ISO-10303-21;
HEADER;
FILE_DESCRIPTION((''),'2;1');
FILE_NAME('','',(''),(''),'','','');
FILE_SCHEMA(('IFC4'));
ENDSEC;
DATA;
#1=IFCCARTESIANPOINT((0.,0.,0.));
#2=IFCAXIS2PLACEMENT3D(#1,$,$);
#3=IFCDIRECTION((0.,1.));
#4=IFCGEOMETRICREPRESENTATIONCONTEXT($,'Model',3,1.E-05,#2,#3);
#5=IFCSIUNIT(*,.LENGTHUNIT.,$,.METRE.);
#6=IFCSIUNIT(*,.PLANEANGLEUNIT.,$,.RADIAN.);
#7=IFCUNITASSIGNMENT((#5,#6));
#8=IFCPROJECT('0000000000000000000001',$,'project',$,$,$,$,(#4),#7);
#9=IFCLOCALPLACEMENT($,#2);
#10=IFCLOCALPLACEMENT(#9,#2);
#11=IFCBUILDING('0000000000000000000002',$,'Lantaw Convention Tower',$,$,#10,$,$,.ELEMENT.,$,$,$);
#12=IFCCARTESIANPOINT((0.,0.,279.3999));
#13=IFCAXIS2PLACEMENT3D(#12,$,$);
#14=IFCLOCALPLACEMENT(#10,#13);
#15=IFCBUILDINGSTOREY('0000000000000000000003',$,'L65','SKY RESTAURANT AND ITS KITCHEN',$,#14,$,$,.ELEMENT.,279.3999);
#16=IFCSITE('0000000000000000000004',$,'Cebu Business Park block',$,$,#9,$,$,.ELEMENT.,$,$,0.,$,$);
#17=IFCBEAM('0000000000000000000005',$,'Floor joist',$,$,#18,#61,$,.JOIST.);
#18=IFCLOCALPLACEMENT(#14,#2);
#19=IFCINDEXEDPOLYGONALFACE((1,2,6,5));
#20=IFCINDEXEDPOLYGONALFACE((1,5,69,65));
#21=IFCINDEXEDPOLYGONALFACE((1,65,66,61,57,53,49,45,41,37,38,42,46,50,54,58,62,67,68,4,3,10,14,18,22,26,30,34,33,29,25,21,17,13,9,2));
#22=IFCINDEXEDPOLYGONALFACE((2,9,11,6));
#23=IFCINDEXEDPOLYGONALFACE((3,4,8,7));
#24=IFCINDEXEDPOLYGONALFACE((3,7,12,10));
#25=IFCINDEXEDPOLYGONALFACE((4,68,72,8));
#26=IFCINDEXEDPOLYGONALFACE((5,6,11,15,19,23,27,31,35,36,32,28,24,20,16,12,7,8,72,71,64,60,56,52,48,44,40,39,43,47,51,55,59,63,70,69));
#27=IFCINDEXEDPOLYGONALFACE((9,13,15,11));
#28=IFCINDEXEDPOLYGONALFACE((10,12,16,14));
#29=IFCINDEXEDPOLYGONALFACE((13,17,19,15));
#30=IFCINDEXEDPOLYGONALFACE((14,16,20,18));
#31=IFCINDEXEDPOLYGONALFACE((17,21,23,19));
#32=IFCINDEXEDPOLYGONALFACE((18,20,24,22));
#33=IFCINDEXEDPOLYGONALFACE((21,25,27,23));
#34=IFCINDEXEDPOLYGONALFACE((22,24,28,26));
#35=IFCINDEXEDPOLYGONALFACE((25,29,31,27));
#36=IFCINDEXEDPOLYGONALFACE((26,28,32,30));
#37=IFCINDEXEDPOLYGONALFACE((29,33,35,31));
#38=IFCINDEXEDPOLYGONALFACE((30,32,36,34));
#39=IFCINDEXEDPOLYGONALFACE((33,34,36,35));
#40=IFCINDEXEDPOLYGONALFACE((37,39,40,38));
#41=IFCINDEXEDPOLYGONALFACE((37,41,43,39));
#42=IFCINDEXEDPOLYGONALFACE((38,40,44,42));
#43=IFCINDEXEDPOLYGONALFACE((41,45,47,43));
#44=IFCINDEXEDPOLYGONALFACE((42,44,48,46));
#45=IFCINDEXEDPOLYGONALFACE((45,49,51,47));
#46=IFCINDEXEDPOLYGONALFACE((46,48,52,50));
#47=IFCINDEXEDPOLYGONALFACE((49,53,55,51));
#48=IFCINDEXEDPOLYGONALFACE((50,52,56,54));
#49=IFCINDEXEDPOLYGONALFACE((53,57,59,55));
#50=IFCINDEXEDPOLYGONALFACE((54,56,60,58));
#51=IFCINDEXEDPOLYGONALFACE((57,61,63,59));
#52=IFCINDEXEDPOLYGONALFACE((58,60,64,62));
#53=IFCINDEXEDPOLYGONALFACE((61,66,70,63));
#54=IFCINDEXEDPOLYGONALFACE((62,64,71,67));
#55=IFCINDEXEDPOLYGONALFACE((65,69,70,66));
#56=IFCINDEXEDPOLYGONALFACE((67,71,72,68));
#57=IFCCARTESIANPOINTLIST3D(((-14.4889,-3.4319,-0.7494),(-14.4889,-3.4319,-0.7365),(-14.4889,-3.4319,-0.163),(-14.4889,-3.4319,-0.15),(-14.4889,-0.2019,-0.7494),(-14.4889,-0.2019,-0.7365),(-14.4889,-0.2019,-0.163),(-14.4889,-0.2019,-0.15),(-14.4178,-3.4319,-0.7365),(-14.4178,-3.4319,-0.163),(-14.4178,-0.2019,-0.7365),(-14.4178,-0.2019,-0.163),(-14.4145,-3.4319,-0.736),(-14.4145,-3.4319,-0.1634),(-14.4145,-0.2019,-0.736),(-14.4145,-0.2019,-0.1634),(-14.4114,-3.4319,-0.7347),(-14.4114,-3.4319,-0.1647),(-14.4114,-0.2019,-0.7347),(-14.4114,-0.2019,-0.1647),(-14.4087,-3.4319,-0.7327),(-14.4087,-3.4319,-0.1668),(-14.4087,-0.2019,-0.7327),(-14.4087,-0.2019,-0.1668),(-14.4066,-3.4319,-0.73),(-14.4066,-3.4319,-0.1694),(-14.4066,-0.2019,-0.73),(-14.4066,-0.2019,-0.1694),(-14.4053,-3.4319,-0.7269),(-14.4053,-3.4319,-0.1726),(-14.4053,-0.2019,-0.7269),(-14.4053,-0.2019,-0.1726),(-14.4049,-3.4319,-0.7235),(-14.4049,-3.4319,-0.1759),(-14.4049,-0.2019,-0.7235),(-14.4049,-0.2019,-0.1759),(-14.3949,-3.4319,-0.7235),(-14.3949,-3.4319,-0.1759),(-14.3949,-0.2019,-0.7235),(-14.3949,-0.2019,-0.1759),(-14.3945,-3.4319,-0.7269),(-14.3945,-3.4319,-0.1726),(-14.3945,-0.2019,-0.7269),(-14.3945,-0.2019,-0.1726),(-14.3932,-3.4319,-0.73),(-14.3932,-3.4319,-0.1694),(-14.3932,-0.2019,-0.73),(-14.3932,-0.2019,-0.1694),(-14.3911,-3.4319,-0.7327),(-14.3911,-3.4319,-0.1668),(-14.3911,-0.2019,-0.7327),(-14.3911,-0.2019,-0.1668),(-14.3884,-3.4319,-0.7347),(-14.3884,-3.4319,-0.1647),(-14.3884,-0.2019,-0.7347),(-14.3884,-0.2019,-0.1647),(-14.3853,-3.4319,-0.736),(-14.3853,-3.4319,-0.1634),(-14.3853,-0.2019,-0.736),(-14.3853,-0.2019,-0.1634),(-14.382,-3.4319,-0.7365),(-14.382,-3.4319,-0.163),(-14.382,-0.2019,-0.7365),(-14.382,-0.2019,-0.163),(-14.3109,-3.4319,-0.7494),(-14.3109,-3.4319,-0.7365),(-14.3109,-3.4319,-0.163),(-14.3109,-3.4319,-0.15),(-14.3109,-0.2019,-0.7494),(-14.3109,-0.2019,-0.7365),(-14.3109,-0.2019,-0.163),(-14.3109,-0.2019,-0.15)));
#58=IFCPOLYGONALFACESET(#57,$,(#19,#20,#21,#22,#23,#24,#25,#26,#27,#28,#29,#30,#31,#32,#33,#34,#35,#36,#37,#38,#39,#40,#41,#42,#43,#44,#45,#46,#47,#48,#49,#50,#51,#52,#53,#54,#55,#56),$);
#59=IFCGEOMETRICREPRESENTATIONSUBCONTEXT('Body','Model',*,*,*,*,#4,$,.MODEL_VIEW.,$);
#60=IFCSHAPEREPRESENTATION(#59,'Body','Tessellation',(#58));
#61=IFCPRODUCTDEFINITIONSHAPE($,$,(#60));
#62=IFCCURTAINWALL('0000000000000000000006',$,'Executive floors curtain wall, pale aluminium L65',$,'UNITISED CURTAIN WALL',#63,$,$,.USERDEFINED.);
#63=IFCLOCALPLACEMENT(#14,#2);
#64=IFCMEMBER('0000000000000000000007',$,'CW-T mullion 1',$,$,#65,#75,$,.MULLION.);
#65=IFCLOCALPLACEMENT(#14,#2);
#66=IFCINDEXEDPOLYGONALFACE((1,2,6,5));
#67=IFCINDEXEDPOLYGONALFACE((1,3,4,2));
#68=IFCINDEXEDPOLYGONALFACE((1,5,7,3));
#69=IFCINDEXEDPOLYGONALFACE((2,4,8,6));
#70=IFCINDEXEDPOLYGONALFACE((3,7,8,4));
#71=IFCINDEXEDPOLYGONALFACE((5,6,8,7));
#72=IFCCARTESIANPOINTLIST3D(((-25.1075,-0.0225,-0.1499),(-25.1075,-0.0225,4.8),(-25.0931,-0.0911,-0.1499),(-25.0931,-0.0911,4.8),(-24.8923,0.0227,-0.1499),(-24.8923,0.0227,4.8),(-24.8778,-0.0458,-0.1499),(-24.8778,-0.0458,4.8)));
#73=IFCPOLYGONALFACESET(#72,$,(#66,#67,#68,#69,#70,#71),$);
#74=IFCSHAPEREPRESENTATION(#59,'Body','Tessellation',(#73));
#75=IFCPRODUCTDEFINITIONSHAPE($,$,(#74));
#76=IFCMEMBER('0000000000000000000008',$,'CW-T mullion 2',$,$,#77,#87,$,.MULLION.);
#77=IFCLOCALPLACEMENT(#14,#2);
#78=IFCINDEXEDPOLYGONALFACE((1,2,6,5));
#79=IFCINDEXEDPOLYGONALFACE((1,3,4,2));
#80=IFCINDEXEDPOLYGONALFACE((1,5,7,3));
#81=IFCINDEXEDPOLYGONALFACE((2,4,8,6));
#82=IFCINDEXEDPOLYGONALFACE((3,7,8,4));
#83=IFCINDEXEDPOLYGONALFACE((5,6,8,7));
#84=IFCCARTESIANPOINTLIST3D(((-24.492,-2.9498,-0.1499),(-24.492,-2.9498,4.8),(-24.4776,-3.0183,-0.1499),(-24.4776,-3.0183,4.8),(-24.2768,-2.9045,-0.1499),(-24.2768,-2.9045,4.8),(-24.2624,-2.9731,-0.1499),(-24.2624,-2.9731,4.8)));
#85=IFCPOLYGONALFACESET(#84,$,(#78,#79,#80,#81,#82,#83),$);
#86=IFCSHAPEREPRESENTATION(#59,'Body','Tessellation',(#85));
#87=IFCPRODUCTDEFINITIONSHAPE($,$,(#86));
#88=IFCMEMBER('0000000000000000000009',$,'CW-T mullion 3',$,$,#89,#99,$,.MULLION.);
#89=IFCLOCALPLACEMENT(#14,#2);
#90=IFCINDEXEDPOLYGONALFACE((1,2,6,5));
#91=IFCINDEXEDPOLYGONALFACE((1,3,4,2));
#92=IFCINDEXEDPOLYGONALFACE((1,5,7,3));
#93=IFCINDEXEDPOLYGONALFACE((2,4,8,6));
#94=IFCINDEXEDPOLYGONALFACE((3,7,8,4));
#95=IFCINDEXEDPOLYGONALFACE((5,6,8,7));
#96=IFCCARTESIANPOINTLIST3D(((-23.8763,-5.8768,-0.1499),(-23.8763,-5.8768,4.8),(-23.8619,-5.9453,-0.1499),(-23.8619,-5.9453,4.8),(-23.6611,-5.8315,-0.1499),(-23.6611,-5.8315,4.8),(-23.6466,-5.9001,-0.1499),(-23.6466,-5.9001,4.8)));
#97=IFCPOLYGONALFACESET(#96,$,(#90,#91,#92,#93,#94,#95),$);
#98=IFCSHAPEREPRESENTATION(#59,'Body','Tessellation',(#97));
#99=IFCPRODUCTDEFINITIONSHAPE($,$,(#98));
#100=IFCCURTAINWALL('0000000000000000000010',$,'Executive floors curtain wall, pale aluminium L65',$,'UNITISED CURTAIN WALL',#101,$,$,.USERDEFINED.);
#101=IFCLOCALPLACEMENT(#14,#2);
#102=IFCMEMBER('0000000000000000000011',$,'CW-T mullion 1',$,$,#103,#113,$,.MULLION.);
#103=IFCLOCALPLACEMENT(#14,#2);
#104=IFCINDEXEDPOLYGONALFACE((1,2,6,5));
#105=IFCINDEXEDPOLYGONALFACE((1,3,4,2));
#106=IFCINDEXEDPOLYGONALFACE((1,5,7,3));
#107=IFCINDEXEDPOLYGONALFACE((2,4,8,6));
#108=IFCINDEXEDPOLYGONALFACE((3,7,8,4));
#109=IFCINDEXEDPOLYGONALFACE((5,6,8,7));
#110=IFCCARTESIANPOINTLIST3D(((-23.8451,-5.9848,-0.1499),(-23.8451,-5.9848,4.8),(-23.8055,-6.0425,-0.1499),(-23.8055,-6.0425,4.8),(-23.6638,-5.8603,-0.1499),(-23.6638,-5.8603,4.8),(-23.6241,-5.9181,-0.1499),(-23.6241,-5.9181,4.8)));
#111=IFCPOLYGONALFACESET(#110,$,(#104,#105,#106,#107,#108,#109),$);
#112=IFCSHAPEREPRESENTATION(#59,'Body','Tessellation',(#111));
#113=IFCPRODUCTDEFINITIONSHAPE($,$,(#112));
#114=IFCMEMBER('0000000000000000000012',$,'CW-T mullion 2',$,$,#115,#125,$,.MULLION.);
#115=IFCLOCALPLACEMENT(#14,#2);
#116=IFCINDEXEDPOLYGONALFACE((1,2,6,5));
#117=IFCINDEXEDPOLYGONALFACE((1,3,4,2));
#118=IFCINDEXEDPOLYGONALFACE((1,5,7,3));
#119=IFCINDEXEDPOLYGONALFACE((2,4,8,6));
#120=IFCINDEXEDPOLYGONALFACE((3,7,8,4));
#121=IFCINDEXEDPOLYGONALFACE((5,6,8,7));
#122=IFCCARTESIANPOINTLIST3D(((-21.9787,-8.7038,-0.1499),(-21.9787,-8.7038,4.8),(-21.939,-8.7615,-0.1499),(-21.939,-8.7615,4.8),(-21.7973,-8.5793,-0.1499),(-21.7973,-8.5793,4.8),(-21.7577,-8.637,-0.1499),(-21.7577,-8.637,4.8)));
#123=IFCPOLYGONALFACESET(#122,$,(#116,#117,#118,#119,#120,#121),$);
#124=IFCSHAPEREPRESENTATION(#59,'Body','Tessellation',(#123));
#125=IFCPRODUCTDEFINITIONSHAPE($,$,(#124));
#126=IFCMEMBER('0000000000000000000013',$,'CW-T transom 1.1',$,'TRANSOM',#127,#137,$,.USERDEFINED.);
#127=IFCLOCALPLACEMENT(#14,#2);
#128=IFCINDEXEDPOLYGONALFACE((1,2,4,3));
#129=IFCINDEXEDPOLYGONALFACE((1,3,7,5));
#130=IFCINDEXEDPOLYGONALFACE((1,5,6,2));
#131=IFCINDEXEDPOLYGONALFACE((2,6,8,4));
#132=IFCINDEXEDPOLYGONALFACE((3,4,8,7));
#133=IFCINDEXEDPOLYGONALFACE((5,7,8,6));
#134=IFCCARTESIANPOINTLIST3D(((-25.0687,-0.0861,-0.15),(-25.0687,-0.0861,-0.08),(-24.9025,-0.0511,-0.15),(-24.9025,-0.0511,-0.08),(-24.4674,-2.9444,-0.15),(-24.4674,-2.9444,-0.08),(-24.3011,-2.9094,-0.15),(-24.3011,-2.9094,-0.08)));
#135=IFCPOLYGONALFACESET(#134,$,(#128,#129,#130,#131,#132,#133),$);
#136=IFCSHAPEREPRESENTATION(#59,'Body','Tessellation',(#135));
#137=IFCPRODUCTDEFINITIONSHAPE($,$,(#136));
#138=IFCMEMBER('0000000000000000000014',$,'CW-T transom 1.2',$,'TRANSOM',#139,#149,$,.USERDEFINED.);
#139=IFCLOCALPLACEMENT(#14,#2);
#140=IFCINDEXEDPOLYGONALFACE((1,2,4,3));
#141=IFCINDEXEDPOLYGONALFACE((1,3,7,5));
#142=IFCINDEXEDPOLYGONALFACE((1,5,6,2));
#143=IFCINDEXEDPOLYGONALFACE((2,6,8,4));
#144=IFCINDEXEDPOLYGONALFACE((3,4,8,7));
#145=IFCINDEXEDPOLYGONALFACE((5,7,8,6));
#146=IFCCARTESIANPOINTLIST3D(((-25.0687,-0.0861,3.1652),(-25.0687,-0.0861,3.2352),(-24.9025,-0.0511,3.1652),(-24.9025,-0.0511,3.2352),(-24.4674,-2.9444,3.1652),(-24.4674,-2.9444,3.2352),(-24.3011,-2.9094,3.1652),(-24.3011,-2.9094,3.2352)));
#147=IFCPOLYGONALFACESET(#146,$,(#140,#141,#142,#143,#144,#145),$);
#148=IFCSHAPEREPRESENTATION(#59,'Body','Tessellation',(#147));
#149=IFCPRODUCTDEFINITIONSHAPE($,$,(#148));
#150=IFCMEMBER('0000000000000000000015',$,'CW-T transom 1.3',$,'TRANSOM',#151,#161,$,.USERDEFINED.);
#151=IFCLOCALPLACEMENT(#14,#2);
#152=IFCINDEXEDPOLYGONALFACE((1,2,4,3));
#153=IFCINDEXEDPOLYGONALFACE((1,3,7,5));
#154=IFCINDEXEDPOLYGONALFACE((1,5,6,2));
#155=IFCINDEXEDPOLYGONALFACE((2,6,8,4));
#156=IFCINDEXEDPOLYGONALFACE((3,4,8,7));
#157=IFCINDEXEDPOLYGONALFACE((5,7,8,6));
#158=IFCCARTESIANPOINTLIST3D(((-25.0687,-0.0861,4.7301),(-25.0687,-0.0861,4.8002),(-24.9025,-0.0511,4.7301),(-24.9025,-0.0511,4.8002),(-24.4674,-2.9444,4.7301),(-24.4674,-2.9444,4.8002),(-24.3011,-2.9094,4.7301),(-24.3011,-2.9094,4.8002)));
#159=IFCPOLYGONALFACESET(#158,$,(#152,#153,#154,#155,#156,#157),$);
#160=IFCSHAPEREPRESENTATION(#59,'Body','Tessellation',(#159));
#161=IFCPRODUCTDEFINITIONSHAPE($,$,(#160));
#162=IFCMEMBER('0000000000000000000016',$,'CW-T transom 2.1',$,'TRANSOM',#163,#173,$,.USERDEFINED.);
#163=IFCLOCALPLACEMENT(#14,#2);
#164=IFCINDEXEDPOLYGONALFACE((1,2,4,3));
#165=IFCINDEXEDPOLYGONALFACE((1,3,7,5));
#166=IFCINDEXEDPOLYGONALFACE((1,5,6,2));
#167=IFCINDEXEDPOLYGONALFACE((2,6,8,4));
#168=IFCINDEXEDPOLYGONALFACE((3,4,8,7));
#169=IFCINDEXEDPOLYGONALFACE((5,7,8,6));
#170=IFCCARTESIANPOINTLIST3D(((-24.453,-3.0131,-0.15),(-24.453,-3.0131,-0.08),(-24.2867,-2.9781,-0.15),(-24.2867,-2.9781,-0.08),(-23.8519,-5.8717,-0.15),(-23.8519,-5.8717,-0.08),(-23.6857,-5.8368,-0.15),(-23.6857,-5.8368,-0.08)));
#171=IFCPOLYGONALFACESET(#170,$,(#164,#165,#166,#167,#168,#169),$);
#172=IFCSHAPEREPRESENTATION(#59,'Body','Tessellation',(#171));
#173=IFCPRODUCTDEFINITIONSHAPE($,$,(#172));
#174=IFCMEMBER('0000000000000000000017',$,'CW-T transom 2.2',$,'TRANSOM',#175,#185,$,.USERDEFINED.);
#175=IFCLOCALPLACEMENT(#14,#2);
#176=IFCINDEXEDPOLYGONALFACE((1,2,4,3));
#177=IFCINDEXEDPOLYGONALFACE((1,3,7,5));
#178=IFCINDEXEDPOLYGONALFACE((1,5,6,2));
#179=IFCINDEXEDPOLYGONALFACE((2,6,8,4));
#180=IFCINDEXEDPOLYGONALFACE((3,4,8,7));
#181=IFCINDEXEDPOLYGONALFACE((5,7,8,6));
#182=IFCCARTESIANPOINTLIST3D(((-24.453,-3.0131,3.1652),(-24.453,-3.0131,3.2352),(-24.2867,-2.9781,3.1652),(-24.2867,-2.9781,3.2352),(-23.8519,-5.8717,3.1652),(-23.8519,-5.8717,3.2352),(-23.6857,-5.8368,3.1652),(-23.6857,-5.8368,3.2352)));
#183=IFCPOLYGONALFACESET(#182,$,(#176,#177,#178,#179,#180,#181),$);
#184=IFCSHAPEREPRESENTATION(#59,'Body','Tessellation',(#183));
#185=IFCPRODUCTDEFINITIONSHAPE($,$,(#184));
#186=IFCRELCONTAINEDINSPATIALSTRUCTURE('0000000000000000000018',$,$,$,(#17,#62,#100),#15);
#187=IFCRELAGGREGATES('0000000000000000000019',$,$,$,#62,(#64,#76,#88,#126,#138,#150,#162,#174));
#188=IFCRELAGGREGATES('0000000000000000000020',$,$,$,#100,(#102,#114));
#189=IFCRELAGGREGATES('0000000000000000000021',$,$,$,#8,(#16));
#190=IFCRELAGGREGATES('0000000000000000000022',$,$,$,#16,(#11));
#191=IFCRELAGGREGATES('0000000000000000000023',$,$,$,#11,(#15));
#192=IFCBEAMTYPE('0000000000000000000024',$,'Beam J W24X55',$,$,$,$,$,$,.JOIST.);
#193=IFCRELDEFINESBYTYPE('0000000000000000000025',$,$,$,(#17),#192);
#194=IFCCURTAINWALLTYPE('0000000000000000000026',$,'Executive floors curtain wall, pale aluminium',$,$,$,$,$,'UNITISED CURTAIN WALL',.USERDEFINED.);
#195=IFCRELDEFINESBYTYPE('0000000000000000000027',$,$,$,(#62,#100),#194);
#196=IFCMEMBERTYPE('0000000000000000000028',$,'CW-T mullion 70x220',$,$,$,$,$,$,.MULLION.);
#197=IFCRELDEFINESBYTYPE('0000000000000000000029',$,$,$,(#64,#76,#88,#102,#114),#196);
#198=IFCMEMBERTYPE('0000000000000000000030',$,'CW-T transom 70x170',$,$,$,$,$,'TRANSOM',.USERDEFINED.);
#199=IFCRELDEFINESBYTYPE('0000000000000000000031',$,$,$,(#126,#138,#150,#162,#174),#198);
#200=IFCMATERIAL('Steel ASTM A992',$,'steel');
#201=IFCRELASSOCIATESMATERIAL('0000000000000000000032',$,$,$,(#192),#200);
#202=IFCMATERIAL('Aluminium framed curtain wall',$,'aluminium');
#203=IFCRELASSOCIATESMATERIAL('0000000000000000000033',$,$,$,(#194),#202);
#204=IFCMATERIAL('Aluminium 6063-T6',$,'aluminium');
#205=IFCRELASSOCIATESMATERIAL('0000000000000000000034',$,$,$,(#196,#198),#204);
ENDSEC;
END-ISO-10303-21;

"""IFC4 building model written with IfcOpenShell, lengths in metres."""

from ifc_helpers import new_model, si_unit, direction, frame, origin, origin_2d, place, context, subcontext, project, spatial, rectangle, i_section, extrude, material, material_profile, profile_set, type_object, element, aggregate, save


model = new_model("IFC4")

# Units and contexts
model_context = context("Model", 3, precision=1e-05, world=origin(), true_north=direction((0.0, 1.0)))
body_context = subcontext(model_context, "Body", "Model", "MODEL_VIEW")
ifc_project = project(units=[si_unit("LENGTHUNIT", "METRE"), si_unit("PLANEANGLEUNIT", "RADIAN")], contexts=[model_context])

# Site, building, storey
site_placement = place(None, origin())
site = spatial("IfcSite", under=ifc_project, at=site_placement, Name="Cebu Business Park block", CompositionType="ELEMENT", RefElevation=0.0)
building_placement = place(site_placement, origin())
building = spatial("IfcBuilding", under=site, at=building_placement, Name="Lantaw Convention Tower", CompositionType="ELEMENT")
storey_placement = place(building_placement, frame((0.0, 0.0, 279.3999)))
storey = spatial("IfcBuildingStorey", under=building, at=storey_placement, Name="L65", Description="SKY RESTAURANT AND ITS KITCHEN", CompositionType="ELEMENT", Elevation=279.3999)

# Beam
ifc_material_1 = material(Name="Steel ASTM A992", Category="steel")
ifc_material_profile_1 = material_profile(ifc_material_1, i_section(OverallWidth=0.178, OverallDepth=0.5994, WebThickness=0.01, FlangeThickness=0.0129, FilletRadius=0.0129, at=origin_2d()), Name="W24X55")
ifc_profile_set_1 = profile_set([ifc_material_profile_1], Name="Steel ASTM A992")
beam_type_1 = type_object("IfcBeamType", Name="Beam J W24X55", PredefinedType="JOIST", material=ifc_profile_set_1)
beam_1_placement = place(storey_placement, frame((-14.3999, -3.4319, -0.4497), z_axis=(0.0, 1.0, 0.0), x_axis=(-1.0, 0.0, 0.0)))
element("IfcBeam", 1, at=beam_1_placement, inside=storey, type_object=beam_type_1, Name="Floor joist", PredefinedType="JOIST", context=body_context, shape_type="SweptSolid", body=[
    extrude(i_section(OverallWidth=0.178, OverallDepth=0.5994, WebThickness=0.01, FlangeThickness=0.0129, FilletRadius=0.0129, at=origin_2d()), origin(), (0.0, 0.0, 1.0), 3.23),
])

# Curtain walls, members
ifc_material_2 = material(Name="Aluminium framed curtain wall", Category="aluminium")
curtain_wall_type = type_object("IfcCurtainWallType", Name="Executive floors curtain wall, pale aluminium", ElementType="UNITISED CURTAIN WALL", PredefinedType="USERDEFINED", material=ifc_material_2)
curtain_wall_1_placement = place(storey_placement, origin())
curtain_wall_1 = element("IfcCurtainWall", 2, at=curtain_wall_1_placement, inside=storey, type_object=curtain_wall_type, Name="Executive floors curtain wall, pale aluminium L65", ObjectType="UNITISED CURTAIN WALL", PredefinedType="USERDEFINED")
ifc_material_3 = material(Name="Aluminium 6063-T6", Category="aluminium")
ifc_material_profile_2 = material_profile(ifc_material_3, rectangle(XDim=0.22, YDim=0.0701, at=origin_2d()), Name="CW-T mullion 70x220")
ifc_profile_set_2 = profile_set([ifc_material_profile_2], Name="Aluminium 6063-T6")
member_type_1 = type_object("IfcMemberType", Name="CW-T mullion 70x220", PredefinedType="MULLION", material=ifc_profile_set_2)
member_1_placement = place(storey_placement, frame((-24.9927, -0.0342, -0.1499), z_axis=(0.0, 0.0, 1.0), x_axis=(0.978591, 0.205814, 0.0)))
member_1 = element("IfcMember", 3, at=member_1_placement, type_object=member_type_1, Name="CW-T mullion 1", PredefinedType="MULLION", context=body_context, shape_type="SweptSolid", body=[
    extrude(rectangle(XDim=0.22, YDim=0.0701, at=origin_2d()), origin(), (0.0, 0.0, 1.0), 4.95),
])
member_2_placement = place(storey_placement, frame((-24.3772, -2.9614, -0.1499), z_axis=(0.0, 0.0, 1.0), x_axis=(0.978591, 0.205814, 0.0)))
member_2 = element("IfcMember", 4, at=member_2_placement, type_object=member_type_1, Name="CW-T mullion 2", PredefinedType="MULLION", context=body_context, shape_type="SweptSolid", body=[
    extrude(rectangle(XDim=0.22, YDim=0.0701, at=origin_2d()), origin(), (0.0, 0.0, 1.0), 4.95),
])
member_3_placement = place(storey_placement, frame((-23.7615, -5.8884, -0.1499), z_axis=(0.0, 0.0, 1.0), x_axis=(0.978591, 0.205814, 0.0)))
member_3 = element("IfcMember", 5, at=member_3_placement, type_object=member_type_1, Name="CW-T mullion 3", PredefinedType="MULLION", context=body_context, shape_type="SweptSolid", body=[
    extrude(rectangle(XDim=0.22, YDim=0.0701, at=origin_2d()), origin(), (0.0, 0.0, 1.0), 4.95),
])
curtain_wall_2_placement = place(storey_placement, origin())
curtain_wall_2 = element("IfcCurtainWall", 6, at=curtain_wall_2_placement, inside=storey, type_object=curtain_wall_type, Name="Executive floors curtain wall, pale aluminium L65", ObjectType="UNITISED CURTAIN WALL", PredefinedType="USERDEFINED")
member_4_placement = place(storey_placement, frame((-23.7346, -5.9514, -0.1499), z_axis=(0.0, 0.0, 1.0), x_axis=(0.82445, 0.565935, 0.0)))
member_4 = element("IfcMember", 7, at=member_4_placement, type_object=member_type_1, Name="CW-T mullion 1", PredefinedType="MULLION", context=body_context, shape_type="SweptSolid", body=[
    extrude(rectangle(XDim=0.22, YDim=0.0701, at=origin_2d()), origin(), (0.0, 0.0, 1.0), 4.95),
])
member_5_placement = place(storey_placement, frame((-21.8682, -8.6704, -0.1499), z_axis=(0.0, 0.0, 1.0), x_axis=(0.82445, 0.565935, 0.0)))
member_5 = element("IfcMember", 8, at=member_5_placement, type_object=member_type_1, Name="CW-T mullion 2", PredefinedType="MULLION", context=body_context, shape_type="SweptSolid", body=[
    extrude(rectangle(XDim=0.22, YDim=0.0701, at=origin_2d()), origin(), (0.0, 0.0, 1.0), 4.95),
])

# Members
ifc_material_profile_3 = material_profile(ifc_material_3, rectangle(XDim=0.1699, YDim=0.0701, at=origin_2d()), Name="CW-T transom 70x170")
ifc_profile_set_3 = profile_set([ifc_material_profile_3], Name="Aluminium 6063-T6")
member_type_2 = type_object("IfcMemberType", Name="CW-T transom 70x170", ElementType="TRANSOM", PredefinedType="USERDEFINED", material=ifc_profile_set_3)
member_6_placement = place(storey_placement, frame((-24.9856, -0.0686, -0.115), z_axis=(0.205863, -0.978581, 0.0), x_axis=(0.978581, 0.205863, 0.0)))
member_6 = element("IfcMember", 9, at=member_6_placement, type_object=member_type_2, Name="CW-T transom 1.1", ObjectType="TRANSOM", PredefinedType="USERDEFINED", context=body_context, shape_type="SweptSolid", body=[
    extrude(rectangle(XDim=0.1699, YDim=0.0701, at=origin_2d()), origin(), (0.0, 0.0, 1.0), 2.9209),
])
member_7_placement = place(storey_placement, frame((-24.9856, -0.0686, 3.2002), z_axis=(0.205863, -0.978581, 0.0), x_axis=(0.978581, 0.205863, 0.0)))
member_7 = element("IfcMember", 10, at=member_7_placement, type_object=member_type_2, Name="CW-T transom 1.2", ObjectType="TRANSOM", PredefinedType="USERDEFINED", context=body_context, shape_type="SweptSolid", body=[
    extrude(rectangle(XDim=0.1699, YDim=0.0701, at=origin_2d()), origin(), (0.0, 0.0, 1.0), 2.9209),
])
member_8_placement = place(storey_placement, frame((-24.9856, -0.0686, 4.7651), z_axis=(0.205863, -0.978581, 0.0), x_axis=(0.978581, 0.205863, 0.0)))
member_8 = element("IfcMember", 11, at=member_8_placement, type_object=member_type_2, Name="CW-T transom 1.3", ObjectType="TRANSOM", PredefinedType="USERDEFINED", context=body_context, shape_type="SweptSolid", body=[
    extrude(rectangle(XDim=0.1699, YDim=0.0701, at=origin_2d()), origin(), (0.0, 0.0, 1.0), 2.9209),
])
member_9_placement = place(storey_placement, frame((-24.3699, -2.9956, -0.115), z_axis=(0.205766, -0.978601, 0.0), x_axis=(0.978601, 0.205766, 0.0)))
member_9 = element("IfcMember", 12, at=member_9_placement, type_object=member_type_2, Name="CW-T transom 2.1", ObjectType="TRANSOM", PredefinedType="USERDEFINED", context=body_context, shape_type="SweptSolid", body=[
    extrude(rectangle(XDim=0.1699, YDim=0.0701, at=origin_2d()), origin(), (0.0, 0.0, 1.0), 2.9211),
])
member_10_placement = place(storey_placement, frame((-24.3699, -2.9956, 3.2002), z_axis=(0.205766, -0.978601, 0.0), x_axis=(0.978601, 0.205766, 0.0)))
member_10 = element("IfcMember", 13, at=member_10_placement, type_object=member_type_2, Name="CW-T transom 2.2", ObjectType="TRANSOM", PredefinedType="USERDEFINED", context=body_context, shape_type="SweptSolid", body=[
    extrude(rectangle(XDim=0.1699, YDim=0.0701, at=origin_2d()), origin(), (0.0, 0.0, 1.0), 2.9211),
])

aggregate(curtain_wall_1, [member_1, member_2, member_3, member_6, member_7, member_8, member_9, member_10])
aggregate(curtain_wall_2, [member_4, member_5])

save(model, "model.ifc")
